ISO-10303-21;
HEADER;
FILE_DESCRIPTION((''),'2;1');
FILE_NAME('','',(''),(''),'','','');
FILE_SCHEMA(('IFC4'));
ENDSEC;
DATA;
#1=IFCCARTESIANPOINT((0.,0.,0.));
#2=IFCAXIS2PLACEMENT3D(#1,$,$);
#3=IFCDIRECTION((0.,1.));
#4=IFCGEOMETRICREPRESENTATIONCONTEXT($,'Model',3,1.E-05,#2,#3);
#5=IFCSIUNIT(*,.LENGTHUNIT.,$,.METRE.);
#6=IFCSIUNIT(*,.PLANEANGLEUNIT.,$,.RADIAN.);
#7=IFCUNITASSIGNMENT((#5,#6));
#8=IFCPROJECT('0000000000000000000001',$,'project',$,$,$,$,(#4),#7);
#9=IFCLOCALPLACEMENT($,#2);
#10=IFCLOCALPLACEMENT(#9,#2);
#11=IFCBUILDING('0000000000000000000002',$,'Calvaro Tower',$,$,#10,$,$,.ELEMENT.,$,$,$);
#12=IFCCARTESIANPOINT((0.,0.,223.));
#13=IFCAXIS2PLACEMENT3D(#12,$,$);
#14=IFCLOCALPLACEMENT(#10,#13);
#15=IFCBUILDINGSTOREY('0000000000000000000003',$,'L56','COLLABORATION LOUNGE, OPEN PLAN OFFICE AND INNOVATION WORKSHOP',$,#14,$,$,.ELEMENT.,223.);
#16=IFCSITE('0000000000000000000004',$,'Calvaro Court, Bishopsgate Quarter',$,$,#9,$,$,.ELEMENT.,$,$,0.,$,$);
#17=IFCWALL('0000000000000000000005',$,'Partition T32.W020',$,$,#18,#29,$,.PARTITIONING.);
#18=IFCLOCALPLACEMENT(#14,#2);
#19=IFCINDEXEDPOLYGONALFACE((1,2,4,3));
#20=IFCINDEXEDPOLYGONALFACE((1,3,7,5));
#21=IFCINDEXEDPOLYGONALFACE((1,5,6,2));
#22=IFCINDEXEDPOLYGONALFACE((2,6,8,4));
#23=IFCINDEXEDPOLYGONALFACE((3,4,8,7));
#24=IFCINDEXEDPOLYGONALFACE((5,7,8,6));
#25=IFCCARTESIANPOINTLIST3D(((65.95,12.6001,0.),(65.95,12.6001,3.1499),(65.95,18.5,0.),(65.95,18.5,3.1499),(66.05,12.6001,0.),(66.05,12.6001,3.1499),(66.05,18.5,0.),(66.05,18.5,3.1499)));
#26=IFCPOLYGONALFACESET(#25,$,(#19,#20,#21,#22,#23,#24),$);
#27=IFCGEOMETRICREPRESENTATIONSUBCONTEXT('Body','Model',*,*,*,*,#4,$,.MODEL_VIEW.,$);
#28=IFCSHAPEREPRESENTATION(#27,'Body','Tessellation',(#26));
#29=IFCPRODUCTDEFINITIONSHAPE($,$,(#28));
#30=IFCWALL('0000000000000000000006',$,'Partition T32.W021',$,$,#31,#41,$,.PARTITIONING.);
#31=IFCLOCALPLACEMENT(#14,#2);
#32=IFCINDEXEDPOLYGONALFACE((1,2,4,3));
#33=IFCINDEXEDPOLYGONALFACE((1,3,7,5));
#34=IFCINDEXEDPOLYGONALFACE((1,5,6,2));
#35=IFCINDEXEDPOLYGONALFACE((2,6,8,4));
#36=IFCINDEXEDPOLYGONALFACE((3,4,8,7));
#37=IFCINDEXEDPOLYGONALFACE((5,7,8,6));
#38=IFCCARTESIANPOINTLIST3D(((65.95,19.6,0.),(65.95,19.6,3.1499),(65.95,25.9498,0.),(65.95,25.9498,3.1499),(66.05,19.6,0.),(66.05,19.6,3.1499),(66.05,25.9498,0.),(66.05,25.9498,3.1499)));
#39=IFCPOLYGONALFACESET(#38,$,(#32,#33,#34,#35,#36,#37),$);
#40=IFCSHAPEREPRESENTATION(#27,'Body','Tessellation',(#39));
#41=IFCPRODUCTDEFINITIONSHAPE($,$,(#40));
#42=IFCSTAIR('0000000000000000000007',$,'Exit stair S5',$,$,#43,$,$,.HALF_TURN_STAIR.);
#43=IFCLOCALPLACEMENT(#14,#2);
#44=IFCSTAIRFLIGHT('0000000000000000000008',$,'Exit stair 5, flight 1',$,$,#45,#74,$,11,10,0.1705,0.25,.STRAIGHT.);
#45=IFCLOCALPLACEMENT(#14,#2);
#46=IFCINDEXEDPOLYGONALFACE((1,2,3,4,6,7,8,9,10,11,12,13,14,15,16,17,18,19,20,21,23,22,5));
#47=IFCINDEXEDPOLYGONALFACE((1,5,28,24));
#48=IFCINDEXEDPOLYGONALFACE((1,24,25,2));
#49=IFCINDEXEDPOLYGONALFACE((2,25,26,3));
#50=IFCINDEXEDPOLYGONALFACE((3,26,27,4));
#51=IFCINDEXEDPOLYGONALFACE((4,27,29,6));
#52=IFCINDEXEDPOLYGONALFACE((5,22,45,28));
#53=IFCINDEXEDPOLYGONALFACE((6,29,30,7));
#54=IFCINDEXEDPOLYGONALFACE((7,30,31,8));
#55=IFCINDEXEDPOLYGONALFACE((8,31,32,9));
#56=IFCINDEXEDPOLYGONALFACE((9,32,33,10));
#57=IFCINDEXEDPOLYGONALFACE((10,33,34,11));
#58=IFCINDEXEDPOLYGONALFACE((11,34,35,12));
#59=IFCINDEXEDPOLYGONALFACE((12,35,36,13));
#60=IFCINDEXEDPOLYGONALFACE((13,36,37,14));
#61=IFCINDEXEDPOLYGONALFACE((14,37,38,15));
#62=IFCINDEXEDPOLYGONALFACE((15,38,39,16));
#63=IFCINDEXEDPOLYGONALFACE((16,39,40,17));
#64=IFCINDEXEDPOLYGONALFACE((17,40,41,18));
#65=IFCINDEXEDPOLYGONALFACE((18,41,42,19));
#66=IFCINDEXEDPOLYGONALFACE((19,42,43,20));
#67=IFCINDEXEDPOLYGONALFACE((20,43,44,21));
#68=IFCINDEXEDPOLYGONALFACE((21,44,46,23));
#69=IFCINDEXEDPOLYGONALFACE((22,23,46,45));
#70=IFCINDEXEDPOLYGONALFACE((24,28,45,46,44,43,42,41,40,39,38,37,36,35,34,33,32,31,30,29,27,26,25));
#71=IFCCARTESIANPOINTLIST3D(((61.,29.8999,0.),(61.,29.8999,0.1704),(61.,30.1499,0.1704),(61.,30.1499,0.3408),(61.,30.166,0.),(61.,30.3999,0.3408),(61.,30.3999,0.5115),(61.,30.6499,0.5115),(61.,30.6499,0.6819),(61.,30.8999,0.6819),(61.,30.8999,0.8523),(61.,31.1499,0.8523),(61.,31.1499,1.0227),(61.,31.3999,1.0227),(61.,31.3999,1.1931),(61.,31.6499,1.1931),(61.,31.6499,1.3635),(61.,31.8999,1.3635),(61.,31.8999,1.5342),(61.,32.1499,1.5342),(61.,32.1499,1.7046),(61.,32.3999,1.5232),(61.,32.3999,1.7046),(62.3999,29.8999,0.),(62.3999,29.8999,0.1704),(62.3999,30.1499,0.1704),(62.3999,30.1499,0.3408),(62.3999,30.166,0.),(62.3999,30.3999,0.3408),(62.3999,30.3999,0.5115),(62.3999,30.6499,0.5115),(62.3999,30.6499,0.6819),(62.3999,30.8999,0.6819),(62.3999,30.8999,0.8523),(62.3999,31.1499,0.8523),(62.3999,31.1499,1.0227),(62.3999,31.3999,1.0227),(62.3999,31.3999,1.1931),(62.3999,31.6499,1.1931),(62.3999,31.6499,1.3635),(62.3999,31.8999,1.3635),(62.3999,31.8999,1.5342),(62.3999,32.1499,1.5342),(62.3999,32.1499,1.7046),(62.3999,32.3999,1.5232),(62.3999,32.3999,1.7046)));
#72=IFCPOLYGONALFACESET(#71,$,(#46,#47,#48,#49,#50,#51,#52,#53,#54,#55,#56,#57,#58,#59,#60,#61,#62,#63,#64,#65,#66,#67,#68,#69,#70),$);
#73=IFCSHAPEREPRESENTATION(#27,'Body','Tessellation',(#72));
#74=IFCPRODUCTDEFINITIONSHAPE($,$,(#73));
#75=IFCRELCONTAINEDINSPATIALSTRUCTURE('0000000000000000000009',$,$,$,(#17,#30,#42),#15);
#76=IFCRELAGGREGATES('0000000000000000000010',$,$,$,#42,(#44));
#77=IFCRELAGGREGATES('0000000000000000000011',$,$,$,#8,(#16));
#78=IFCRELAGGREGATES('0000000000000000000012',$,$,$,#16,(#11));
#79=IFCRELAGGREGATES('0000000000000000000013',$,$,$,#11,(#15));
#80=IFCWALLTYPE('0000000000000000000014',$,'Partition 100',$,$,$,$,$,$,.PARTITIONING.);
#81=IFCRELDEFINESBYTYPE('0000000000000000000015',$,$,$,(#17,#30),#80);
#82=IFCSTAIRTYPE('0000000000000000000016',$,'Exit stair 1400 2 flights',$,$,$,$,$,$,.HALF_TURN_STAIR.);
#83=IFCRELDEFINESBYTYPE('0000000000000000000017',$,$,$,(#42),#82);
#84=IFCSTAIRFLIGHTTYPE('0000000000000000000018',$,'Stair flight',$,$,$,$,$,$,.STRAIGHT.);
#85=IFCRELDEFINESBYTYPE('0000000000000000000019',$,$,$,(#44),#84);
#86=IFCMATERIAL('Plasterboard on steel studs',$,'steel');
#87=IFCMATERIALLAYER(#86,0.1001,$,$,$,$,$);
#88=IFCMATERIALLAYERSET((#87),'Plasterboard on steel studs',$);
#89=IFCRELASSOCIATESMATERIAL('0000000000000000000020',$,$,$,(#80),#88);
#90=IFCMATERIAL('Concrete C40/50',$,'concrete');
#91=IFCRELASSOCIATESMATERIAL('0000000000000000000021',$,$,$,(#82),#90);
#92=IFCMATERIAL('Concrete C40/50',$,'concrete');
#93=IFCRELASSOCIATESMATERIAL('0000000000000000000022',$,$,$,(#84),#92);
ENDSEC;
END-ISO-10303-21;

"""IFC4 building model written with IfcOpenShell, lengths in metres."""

from ifc_helpers import new_model, si_unit, direction, frame, frame_2d, origin, place, context, subcontext, project, spatial, polyline, rectangle, outline, extrude, material, layer, layer_set, type_object, element, aggregate, save


model = new_model("IFC4")

# Units and contexts
model_context = context("Model", 3, precision=1e-05, world=origin(), true_north=direction((0.0, 1.0)))
body_context = subcontext(model_context, "Body", "Model", "MODEL_VIEW")
ifc_project = project(units=[si_unit("LENGTHUNIT", "METRE"), si_unit("PLANEANGLEUNIT", "RADIAN")], contexts=[model_context])

# Site, building, storey
site_placement = place(None, origin())
site = spatial("IfcSite", under=ifc_project, at=site_placement, Name="Calvaro Court, Bishopsgate Quarter", CompositionType="ELEMENT", RefElevation=0.0)
building_placement = place(site_placement, origin())
building = spatial("IfcBuilding", under=site, at=building_placement, Name="Calvaro Tower", CompositionType="ELEMENT")
storey_placement = place(building_placement, frame((0.0, 0.0, 223.0)))
storey = spatial("IfcBuildingStorey", under=building, at=storey_placement, Name="L56", Description="COLLABORATION LOUNGE, OPEN PLAN OFFICE AND INNOVATION WORKSHOP", CompositionType="ELEMENT", Elevation=223.0)

# Shared definitions
ifc_material_1 = material(Name="Plasterboard on steel studs", Category="steel")
ifc_layer_1 = layer(ifc_material_1, 0.1001)
ifc_layer_set_1 = layer_set([ifc_layer_1], Name="Plasterboard on steel studs")
wall_type_1 = type_object("IfcWallType", Name="Partition 100", PredefinedType="PARTITIONING", material=ifc_layer_set_1)

# Walls
wall_1_placement = place(storey_placement, frame((66.0, 12.6001, 0.0), z_axis=(0.0, 0.0, 1.0), x_axis=(0.0, 1.0, 0.0)))
element("IfcWall", 1, at=wall_1_placement, inside=storey, type_object=wall_type_1, Name="Partition T32.W020", PredefinedType="PARTITIONING", context=body_context, shape_type="SweptSolid", body=[
    extrude(rectangle(XDim=5.8999, YDim=0.1001, at=frame_2d((2.95, 0.0))), origin(), (0.0, 0.0, 1.0), 3.1499),
])
wall_2_placement = place(storey_placement, frame((66.0, 19.6001, 0.0), z_axis=(0.0, 0.0, 1.0), x_axis=(0.0, 1.0, 0.0)))
element("IfcWall", 2, at=wall_2_placement, inside=storey, type_object=wall_type_1, Name="Partition T32.W021", PredefinedType="PARTITIONING", context=body_context, shape_type="SweptSolid", body=[
    extrude(rectangle(XDim=6.3499, YDim=0.1001, at=frame_2d((3.1748, 0.0))), origin(), (0.0, 0.0, 1.0), 3.1499),
])

# Stair, stair flight
ifc_material_2 = material(Name="Concrete C40/50", Category="concrete")
stair_type = type_object("IfcStairType", Name="Exit stair 1400 2 flights", PredefinedType="HALF_TURN_STAIR", material=ifc_material_2)
stair_placement = place(storey_placement, origin())
stair = element("IfcStair", 3, at=stair_placement, inside=storey, type_object=stair_type, Name="Exit stair S5", PredefinedType="HALF_TURN_STAIR")
ifc_material_3 = material(Name="Concrete C40/50", Category="concrete")
stair_flight_type = type_object("IfcStairFlightType", Name="Stair flight", PredefinedType="STRAIGHT", material=ifc_material_3)
stair_flight_placement = place(storey_placement, frame((61.7, 29.8999, 0.0), z_axis=(0.0, 0.0, 1.0), x_axis=(0.0, 1.0, 0.0)))
stair_flight = element("IfcStairFlight", 4, at=stair_flight_placement, type_object=stair_flight_type, Name="Exit stair 5, flight 1", NumberOfRisers=11, NumberOfTreads=10, PredefinedType="STRAIGHT", RiserHeight=0.1705, TreadLength=0.25, context=body_context, shape_type="SweptSolid", body=[
    extrude(outline(polyline([(0.0, 0.0), (0.0, 0.1704), (0.25, 0.1704), (0.25, 0.3408), (0.5, 0.3408), (0.5, 0.5115), (0.75, 0.5115), (0.75, 0.6819), (1.0, 0.6819), (1.0, 0.8523), (1.25, 0.8523), (1.25, 1.0227), (1.5, 1.0227), (1.5, 1.1931), (1.75, 1.1931), (1.75, 1.3635), (2.0, 1.3635), (2.0, 1.5342), (2.25, 1.5342), (2.25, 1.7046), (2.5, 1.7046), (2.5, 1.875), (2.5, 1.5232), (0.2661, 0.0), (0.0, 0.0)])), frame((0.0, 0.7, 0.0), z_axis=(0.0, -1.0, 0.0), x_axis=(1.0, 0.0, 0.0)), (0.0, 0.0, 1.0), 1.3999),
])
aggregate(stair, [stair_flight])

save(model, "model.ifc")
